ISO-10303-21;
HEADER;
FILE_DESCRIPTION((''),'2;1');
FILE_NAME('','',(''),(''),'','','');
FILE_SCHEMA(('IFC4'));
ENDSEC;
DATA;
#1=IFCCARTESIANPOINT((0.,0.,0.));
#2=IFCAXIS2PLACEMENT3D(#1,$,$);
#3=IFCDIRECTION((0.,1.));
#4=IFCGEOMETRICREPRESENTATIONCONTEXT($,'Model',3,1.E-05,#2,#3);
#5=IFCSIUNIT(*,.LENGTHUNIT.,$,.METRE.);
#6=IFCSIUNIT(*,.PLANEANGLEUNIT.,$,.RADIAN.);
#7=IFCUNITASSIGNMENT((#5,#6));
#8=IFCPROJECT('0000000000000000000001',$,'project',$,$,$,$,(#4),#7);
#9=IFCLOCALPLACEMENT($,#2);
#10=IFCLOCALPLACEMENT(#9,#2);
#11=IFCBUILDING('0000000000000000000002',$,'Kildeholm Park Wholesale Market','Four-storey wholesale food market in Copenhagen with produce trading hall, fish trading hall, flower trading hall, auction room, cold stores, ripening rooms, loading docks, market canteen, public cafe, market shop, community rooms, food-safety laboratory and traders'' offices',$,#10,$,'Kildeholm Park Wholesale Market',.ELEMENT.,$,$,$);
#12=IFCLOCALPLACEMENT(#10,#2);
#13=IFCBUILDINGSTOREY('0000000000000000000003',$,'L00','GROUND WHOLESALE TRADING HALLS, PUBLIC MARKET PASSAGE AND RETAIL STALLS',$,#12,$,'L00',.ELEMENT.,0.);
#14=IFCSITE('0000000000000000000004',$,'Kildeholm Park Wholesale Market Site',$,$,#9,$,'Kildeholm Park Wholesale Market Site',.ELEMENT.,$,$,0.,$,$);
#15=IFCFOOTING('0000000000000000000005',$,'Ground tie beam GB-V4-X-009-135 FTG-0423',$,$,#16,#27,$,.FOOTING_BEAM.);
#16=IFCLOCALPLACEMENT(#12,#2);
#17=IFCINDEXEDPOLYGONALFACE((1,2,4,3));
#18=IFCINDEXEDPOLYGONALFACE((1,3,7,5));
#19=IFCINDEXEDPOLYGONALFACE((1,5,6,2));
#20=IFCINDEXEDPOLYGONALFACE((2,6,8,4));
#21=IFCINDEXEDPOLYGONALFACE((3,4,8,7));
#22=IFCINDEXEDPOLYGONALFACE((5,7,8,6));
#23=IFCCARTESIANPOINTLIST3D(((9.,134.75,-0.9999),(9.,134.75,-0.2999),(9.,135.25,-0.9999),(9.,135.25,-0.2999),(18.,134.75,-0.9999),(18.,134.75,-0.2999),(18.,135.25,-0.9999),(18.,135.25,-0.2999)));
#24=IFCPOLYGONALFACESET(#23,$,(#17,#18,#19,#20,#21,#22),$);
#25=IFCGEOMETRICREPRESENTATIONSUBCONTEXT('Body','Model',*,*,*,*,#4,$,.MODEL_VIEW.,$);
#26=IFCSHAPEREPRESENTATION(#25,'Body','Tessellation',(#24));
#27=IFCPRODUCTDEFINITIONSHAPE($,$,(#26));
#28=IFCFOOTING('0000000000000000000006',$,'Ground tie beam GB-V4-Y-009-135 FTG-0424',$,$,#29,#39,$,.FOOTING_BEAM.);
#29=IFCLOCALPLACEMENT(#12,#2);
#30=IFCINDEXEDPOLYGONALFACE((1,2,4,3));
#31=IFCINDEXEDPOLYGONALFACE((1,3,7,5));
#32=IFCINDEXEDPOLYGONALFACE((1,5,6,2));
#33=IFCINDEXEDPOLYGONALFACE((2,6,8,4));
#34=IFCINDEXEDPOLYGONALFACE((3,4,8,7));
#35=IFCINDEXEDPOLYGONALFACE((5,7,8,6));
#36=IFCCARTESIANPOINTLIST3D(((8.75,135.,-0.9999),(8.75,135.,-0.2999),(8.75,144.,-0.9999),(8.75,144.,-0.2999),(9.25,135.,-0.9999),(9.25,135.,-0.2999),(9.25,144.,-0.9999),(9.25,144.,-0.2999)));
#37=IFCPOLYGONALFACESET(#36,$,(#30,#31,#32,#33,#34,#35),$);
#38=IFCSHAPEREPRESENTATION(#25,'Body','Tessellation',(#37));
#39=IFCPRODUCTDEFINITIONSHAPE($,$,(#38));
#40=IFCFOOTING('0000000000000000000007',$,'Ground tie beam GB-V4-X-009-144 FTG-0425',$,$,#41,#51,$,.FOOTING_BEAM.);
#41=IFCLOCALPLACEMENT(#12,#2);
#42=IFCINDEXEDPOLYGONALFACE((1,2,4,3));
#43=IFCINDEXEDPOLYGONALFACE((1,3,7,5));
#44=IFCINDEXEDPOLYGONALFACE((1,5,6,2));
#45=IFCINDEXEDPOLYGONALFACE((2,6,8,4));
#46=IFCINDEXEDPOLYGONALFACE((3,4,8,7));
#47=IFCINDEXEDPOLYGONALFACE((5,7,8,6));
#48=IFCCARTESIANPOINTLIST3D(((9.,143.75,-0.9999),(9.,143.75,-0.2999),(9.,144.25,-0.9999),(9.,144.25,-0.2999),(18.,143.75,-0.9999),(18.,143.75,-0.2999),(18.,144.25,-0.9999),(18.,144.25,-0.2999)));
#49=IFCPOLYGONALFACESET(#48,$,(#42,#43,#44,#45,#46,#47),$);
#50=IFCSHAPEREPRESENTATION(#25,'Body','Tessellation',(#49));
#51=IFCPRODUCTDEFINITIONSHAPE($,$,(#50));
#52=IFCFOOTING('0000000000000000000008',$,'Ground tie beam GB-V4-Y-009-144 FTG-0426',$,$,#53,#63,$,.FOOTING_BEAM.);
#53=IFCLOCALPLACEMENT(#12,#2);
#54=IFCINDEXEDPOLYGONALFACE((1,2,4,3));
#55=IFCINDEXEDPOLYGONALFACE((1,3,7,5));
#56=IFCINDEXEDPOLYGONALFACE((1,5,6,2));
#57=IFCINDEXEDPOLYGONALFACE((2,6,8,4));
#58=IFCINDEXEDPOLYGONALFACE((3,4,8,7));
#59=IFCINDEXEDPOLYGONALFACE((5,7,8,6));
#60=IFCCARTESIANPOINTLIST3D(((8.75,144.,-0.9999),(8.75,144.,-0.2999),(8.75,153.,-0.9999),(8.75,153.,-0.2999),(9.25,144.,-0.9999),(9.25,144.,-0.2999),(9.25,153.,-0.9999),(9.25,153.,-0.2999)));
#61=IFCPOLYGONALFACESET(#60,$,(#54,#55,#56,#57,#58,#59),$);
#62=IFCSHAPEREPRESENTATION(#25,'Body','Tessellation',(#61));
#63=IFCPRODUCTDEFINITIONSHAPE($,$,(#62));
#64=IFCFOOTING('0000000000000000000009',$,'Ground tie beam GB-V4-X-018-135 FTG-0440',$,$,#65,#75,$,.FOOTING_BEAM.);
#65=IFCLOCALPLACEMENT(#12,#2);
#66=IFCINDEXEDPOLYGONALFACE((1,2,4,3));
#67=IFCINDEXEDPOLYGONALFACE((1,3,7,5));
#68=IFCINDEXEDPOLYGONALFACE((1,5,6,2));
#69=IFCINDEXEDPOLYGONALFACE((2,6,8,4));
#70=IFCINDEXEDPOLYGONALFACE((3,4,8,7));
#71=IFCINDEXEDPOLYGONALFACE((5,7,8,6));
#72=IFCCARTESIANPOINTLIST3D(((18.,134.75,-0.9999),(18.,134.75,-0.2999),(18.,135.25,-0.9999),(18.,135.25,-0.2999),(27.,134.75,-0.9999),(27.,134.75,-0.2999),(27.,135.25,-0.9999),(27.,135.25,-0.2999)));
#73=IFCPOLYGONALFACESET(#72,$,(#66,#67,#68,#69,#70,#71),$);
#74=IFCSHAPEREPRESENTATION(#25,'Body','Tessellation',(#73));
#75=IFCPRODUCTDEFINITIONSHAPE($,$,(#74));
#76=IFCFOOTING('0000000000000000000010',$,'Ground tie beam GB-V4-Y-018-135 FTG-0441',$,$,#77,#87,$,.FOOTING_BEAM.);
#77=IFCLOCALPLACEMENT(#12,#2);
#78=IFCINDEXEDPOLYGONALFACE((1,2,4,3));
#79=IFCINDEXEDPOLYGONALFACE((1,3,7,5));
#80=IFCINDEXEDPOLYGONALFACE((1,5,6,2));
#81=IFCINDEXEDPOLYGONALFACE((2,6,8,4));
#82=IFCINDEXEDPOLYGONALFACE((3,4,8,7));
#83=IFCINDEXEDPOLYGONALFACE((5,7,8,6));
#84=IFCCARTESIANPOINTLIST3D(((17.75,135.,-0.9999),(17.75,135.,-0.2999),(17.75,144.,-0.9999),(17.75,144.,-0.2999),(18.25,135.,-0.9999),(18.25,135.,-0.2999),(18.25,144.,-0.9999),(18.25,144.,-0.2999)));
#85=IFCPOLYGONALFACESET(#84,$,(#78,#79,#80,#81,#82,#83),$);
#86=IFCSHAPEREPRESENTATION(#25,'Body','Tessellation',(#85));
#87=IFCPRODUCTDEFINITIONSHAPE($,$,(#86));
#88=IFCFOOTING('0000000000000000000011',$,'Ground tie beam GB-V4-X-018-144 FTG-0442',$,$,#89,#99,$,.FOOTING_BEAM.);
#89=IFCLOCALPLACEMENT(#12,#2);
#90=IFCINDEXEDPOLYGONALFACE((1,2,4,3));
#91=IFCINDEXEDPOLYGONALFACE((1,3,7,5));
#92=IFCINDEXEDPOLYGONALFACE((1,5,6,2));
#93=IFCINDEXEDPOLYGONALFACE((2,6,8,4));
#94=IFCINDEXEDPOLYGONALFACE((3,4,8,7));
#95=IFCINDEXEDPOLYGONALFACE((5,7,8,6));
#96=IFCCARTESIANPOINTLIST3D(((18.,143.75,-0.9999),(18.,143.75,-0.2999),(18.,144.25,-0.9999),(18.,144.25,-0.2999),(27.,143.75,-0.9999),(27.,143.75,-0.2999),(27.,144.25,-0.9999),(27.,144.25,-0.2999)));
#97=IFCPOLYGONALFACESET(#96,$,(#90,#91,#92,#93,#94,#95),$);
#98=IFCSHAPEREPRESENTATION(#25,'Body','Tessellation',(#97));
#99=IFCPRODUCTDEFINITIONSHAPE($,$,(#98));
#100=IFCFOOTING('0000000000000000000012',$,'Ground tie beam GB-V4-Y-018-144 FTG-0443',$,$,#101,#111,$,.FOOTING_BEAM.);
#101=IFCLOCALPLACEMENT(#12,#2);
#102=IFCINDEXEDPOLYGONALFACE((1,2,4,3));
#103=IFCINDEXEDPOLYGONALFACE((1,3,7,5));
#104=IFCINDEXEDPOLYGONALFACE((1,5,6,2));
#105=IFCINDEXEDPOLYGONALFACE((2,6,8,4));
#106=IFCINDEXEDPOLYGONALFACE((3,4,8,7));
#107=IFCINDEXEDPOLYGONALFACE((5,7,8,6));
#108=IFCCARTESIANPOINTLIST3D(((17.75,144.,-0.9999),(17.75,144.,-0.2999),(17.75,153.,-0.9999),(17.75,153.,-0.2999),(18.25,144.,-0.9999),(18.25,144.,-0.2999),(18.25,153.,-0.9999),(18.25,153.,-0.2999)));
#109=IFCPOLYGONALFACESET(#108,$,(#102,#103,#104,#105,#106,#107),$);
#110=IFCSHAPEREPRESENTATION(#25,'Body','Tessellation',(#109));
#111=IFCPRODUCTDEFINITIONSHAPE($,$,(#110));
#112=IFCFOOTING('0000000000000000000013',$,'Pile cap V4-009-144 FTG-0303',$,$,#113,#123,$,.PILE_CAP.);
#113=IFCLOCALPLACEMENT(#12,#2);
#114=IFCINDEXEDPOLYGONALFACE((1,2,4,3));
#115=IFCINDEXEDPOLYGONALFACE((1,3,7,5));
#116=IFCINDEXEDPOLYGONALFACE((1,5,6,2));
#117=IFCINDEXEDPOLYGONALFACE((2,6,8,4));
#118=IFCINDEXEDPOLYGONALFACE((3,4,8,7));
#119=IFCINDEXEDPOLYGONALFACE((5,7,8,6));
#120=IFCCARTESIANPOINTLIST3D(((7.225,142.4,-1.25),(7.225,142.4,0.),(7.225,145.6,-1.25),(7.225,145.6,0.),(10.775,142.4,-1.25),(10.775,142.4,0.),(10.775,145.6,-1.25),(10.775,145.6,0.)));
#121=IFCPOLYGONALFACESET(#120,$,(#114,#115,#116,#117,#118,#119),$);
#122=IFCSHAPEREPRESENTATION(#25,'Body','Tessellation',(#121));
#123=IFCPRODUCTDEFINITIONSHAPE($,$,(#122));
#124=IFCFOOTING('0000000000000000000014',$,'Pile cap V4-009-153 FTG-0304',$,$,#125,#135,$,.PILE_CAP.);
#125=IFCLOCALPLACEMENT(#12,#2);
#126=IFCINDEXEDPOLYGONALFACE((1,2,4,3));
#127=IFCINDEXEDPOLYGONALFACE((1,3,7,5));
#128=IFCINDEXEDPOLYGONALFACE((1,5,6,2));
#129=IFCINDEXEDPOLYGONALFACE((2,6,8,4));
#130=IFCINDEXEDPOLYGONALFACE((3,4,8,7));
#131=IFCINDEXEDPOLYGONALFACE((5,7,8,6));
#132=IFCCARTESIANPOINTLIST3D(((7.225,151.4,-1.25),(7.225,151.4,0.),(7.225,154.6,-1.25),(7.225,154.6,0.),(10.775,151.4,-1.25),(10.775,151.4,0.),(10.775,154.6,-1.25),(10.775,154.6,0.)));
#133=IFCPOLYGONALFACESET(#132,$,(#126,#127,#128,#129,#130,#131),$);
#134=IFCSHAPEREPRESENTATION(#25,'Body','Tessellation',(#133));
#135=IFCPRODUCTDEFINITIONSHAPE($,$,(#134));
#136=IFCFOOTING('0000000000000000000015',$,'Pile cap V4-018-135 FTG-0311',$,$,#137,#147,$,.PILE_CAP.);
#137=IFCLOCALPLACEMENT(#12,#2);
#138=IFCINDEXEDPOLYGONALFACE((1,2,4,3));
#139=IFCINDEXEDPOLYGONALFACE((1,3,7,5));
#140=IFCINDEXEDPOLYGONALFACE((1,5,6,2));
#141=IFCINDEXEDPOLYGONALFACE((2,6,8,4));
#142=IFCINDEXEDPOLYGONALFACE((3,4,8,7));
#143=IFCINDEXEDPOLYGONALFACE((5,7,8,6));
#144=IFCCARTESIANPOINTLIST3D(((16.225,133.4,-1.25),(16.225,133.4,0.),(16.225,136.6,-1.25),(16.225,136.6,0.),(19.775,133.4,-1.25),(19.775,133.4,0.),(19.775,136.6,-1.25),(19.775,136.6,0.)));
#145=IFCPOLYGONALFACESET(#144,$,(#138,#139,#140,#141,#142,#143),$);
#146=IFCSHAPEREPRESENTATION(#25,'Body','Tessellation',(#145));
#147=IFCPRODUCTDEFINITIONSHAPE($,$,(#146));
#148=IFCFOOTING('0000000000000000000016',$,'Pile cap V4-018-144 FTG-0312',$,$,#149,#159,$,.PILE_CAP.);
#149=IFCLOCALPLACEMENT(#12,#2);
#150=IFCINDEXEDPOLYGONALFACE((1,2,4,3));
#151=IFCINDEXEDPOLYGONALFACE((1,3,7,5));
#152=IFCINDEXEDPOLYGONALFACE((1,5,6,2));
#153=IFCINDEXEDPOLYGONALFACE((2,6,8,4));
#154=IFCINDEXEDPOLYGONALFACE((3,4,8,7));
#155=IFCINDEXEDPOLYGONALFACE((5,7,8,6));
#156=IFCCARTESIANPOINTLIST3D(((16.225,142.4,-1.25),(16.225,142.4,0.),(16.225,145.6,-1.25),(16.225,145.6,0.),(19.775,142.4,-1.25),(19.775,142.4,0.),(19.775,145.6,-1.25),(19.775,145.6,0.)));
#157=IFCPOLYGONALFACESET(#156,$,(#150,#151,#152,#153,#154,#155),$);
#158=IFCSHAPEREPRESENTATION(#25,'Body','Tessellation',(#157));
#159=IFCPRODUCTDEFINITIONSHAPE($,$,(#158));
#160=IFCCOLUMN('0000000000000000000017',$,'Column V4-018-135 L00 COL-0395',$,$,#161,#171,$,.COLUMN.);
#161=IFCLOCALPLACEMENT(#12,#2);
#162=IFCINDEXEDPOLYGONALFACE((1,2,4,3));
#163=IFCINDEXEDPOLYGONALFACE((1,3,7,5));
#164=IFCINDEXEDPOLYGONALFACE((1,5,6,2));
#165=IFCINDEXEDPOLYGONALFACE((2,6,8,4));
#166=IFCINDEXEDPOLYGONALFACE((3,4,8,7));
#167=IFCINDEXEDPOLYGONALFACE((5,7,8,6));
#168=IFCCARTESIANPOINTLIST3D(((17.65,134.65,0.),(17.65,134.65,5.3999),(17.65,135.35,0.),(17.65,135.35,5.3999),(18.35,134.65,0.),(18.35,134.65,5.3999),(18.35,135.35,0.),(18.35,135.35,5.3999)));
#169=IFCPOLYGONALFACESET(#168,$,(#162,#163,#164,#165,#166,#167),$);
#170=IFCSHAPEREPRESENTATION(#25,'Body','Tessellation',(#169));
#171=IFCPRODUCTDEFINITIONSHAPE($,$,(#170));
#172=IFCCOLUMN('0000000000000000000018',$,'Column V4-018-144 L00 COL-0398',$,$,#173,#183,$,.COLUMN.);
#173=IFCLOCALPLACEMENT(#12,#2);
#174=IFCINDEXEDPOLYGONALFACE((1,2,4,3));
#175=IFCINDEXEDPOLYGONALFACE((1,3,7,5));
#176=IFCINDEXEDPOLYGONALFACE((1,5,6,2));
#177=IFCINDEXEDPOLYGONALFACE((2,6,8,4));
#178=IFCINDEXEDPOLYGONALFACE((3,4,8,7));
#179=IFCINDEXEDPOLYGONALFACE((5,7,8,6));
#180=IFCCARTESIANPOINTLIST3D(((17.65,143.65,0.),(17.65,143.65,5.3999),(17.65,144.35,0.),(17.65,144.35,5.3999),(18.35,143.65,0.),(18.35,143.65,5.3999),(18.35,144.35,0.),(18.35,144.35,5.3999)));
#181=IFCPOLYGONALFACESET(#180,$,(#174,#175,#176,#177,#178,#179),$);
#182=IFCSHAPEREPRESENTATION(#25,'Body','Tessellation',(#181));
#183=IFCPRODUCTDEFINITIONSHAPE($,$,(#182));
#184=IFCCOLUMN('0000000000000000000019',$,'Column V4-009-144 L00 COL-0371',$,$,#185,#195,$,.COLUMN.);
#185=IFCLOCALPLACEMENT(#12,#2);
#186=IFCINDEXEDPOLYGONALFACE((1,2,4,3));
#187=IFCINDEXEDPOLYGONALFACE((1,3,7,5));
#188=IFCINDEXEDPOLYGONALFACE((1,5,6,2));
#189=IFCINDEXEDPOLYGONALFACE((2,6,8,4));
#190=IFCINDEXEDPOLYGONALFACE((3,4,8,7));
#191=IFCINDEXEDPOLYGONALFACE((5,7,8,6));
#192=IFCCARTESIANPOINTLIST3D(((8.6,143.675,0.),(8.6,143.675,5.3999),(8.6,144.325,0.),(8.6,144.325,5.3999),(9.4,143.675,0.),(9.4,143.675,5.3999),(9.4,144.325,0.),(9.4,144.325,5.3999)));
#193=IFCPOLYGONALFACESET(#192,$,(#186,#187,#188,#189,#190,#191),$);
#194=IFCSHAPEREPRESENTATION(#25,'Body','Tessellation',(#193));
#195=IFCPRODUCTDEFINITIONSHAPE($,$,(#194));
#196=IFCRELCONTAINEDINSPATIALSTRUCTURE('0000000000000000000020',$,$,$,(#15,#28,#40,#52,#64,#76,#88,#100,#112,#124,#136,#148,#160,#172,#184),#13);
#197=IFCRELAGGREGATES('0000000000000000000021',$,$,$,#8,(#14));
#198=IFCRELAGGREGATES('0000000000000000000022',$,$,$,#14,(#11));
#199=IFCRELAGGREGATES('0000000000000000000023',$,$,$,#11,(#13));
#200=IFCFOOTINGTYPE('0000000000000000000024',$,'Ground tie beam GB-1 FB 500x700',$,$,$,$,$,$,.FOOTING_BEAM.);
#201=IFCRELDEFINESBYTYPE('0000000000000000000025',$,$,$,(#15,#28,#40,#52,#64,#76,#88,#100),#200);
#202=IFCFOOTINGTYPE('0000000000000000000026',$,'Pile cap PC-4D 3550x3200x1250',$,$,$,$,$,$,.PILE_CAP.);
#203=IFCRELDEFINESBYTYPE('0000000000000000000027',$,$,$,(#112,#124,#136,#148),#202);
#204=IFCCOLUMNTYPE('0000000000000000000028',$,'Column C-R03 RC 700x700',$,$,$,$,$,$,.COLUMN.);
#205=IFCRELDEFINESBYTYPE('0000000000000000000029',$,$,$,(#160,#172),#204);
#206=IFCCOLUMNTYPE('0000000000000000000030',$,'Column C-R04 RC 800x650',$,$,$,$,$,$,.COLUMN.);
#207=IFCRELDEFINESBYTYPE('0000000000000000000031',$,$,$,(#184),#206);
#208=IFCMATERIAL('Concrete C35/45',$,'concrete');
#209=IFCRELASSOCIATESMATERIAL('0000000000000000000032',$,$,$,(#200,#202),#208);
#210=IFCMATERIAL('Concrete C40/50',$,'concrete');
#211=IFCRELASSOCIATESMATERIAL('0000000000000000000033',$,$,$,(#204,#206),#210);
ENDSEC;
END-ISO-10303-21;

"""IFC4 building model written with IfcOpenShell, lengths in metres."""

from ifc_helpers import new_model, si_unit, direction, frame, origin, origin_2d, place, context, subcontext, project, spatial, rectangle, extrude, material, material_profile, profile_set, type_object, element, save


model = new_model("IFC4")

# Units and contexts
model_context = context("Model", 3, precision=1e-05, world=origin(), true_north=direction((0.0, 1.0)))
body_context = subcontext(model_context, "Body", "Model", "MODEL_VIEW")
ifc_project = project(units=[si_unit("LENGTHUNIT", "METRE"), si_unit("PLANEANGLEUNIT", "RADIAN")], contexts=[model_context])

# Site, building, storey
site_placement = place(None, origin())
site = spatial("IfcSite", under=ifc_project, at=site_placement, Name="Kildeholm Park Wholesale Market Site", LongName="Kildeholm Park Wholesale Market Site", CompositionType="ELEMENT", RefElevation=0.0)
building_placement = place(site_placement, origin())
building = spatial("IfcBuilding", under=site, at=building_placement, Name="Kildeholm Park Wholesale Market", Description="Four-storey wholesale food market in Copenhagen with produce trading hall, fish trading hall, flower trading hall, auction room, cold stores, ripening rooms, loading docks, market canteen, public cafe, market shop, community rooms, food-safety laboratory and traders' offices", LongName="Kildeholm Park Wholesale Market", CompositionType="ELEMENT")
storey_placement = place(building_placement, origin())
storey = spatial("IfcBuildingStorey", under=building, at=storey_placement, Name="L00", Description="GROUND WHOLESALE TRADING HALLS, PUBLIC MARKET PASSAGE AND RETAIL STALLS", LongName="L00", CompositionType="ELEMENT", Elevation=0.0)

# Shared definitions
ifc_material_1 = material(Name="Concrete C35/45", Category="concrete")

# Footings
ifc_material_profile_1 = material_profile(ifc_material_1, rectangle(XDim=0.5, YDim=0.7, at=origin_2d()), Name="FB 500x700")
ifc_profile_set_1 = profile_set([ifc_material_profile_1], Name="Concrete C35/45")
footing_type_1 = type_object("IfcFootingType", Name="Ground tie beam GB-1 FB 500x700", PredefinedType="FOOTING_BEAM", material=ifc_profile_set_1)
for number, where, z_axis, x_axis, name in (
    (1, (9.0, 135.0, -0.6499), (1.0, 0.0, 0.0), (0.0, 1.0, 0.0), "Ground tie beam GB-V4-X-009-135 FTG-0423"),
    (2, (9.0, 135.0, -0.6499), (0.0, 1.0, 0.0), (-1.0, 0.0, 0.0), "Ground tie beam GB-V4-Y-009-135 FTG-0424"),
    (3, (9.0, 144.0, -0.6499), (1.0, 0.0, 0.0), (0.0, 1.0, 0.0), "Ground tie beam GB-V4-X-009-144 FTG-0425"),
    (4, (9.0, 144.0, -0.6499), (0.0, 1.0, 0.0), (-1.0, 0.0, 0.0), "Ground tie beam GB-V4-Y-009-144 FTG-0426"),
    (5, (18.0, 135.0, -0.6499), (1.0, 0.0, 0.0), (0.0, 1.0, 0.0), "Ground tie beam GB-V4-X-018-135 FTG-0440"),
    (6, (18.0, 135.0, -0.6499), (0.0, 1.0, 0.0), (-1.0, 0.0, 0.0), "Ground tie beam GB-V4-Y-018-135 FTG-0441"),
    (7, (18.0, 144.0, -0.6499), (1.0, 0.0, 0.0), (0.0, 1.0, 0.0), "Ground tie beam GB-V4-X-018-144 FTG-0442"),
    (8, (18.0, 144.0, -0.6499), (0.0, 1.0, 0.0), (-1.0, 0.0, 0.0), "Ground tie beam GB-V4-Y-018-144 FTG-0443"),
):
    element("IfcFooting", number, at=place(storey_placement, frame(where, z_axis=z_axis, x_axis=x_axis)), inside=storey, type_object=footing_type_1, Name=name, PredefinedType="FOOTING_BEAM", context=body_context, shape_type="SweptSolid", body=[
        extrude(rectangle(XDim=0.5, YDim=0.7, at=origin_2d()), origin(), (0.0, 0.0, 1.0), 9.0),
    ])
footing_type_2 = type_object("IfcFootingType", Name="Pile cap PC-4D 3550x3200x1250", PredefinedType="PILE_CAP", material=ifc_material_1)
for number, where, z_axis, x_axis, name in (
    (9, (9.0, 144.0, -1.25), (0.0, 0.0, 1.0), (1.0, 0.0, 0.0), "Pile cap V4-009-144 FTG-0303"),
    (10, (9.0, 153.0, -1.25), (0.0, 0.0, 1.0), (1.0, 0.0, 0.0), "Pile cap V4-009-153 FTG-0304"),
    (11, (18.0, 135.0, -1.25), (0.0, 0.0, 1.0), (1.0, 0.0, 0.0), "Pile cap V4-018-135 FTG-0311"),
    (12, (18.0, 144.0, -1.25), (0.0, 0.0, 1.0), (1.0, 0.0, 0.0), "Pile cap V4-018-144 FTG-0312"),
):
    element("IfcFooting", number, at=place(storey_placement, frame(where, z_axis=z_axis, x_axis=x_axis)), inside=storey, type_object=footing_type_2, Name=name, PredefinedType="PILE_CAP", context=body_context, shape_type="SweptSolid", body=[
        extrude(rectangle(XDim=3.55, YDim=3.2, at=origin_2d()), origin(), (0.0, 0.0, 1.0), 1.25),
    ])

# Columns
ifc_material_2 = material(Name="Concrete C40/50", Category="concrete")
ifc_material_profile_2 = material_profile(ifc_material_2, rectangle(XDim=0.7, YDim=0.7, at=origin_2d()), Name="RC 700x700")
ifc_profile_set_2 = profile_set([ifc_material_profile_2], Name="Concrete C40/50")
column_type_1 = type_object("IfcColumnType", Name="Column C-R03 RC 700x700", PredefinedType="COLUMN", material=ifc_profile_set_2)
for number, where, z_axis, x_axis, name in (
    (13, (18.0, 135.0, 0.0), (0.0, 0.0, 1.0), (1.0, 0.0, 0.0), "Column V4-018-135 L00 COL-0395"),
    (14, (18.0, 144.0, 0.0), (0.0, 0.0, 1.0), (1.0, 0.0, 0.0), "Column V4-018-144 L00 COL-0398"),
):
    element("IfcColumn", number, at=place(storey_placement, frame(where, z_axis=z_axis, x_axis=x_axis)), inside=storey, type_object=column_type_1, Name=name, PredefinedType="COLUMN", context=body_context, shape_type="SweptSolid", body=[
        extrude(rectangle(XDim=0.7, YDim=0.7, at=origin_2d()), origin(), (0.0, 0.0, 1.0), 5.3999),
    ])
ifc_material_profile_3 = material_profile(ifc_material_2, rectangle(XDim=0.8, YDim=0.6499, at=origin_2d()), Name="RC 800x650")
ifc_profile_set_3 = profile_set([ifc_material_profile_3], Name="Concrete C40/50")
column_type_2 = type_object("IfcColumnType", Name="Column C-R04 RC 800x650", PredefinedType="COLUMN", material=ifc_profile_set_3)
column_placement = place(storey_placement, frame((9.0, 144.0, 0.0), z_axis=(0.0, 0.0, 1.0), x_axis=(1.0, 0.0, 0.0)))
element("IfcColumn", 15, at=column_placement, inside=storey, type_object=column_type_2, Name="Column V4-009-144 L00 COL-0371", PredefinedType="COLUMN", context=body_context, shape_type="SweptSolid", body=[
    extrude(rectangle(XDim=0.8, YDim=0.6499, at=origin_2d()), origin(), (0.0, 0.0, 1.0), 5.3999),
])

save(model, "model.ifc")
